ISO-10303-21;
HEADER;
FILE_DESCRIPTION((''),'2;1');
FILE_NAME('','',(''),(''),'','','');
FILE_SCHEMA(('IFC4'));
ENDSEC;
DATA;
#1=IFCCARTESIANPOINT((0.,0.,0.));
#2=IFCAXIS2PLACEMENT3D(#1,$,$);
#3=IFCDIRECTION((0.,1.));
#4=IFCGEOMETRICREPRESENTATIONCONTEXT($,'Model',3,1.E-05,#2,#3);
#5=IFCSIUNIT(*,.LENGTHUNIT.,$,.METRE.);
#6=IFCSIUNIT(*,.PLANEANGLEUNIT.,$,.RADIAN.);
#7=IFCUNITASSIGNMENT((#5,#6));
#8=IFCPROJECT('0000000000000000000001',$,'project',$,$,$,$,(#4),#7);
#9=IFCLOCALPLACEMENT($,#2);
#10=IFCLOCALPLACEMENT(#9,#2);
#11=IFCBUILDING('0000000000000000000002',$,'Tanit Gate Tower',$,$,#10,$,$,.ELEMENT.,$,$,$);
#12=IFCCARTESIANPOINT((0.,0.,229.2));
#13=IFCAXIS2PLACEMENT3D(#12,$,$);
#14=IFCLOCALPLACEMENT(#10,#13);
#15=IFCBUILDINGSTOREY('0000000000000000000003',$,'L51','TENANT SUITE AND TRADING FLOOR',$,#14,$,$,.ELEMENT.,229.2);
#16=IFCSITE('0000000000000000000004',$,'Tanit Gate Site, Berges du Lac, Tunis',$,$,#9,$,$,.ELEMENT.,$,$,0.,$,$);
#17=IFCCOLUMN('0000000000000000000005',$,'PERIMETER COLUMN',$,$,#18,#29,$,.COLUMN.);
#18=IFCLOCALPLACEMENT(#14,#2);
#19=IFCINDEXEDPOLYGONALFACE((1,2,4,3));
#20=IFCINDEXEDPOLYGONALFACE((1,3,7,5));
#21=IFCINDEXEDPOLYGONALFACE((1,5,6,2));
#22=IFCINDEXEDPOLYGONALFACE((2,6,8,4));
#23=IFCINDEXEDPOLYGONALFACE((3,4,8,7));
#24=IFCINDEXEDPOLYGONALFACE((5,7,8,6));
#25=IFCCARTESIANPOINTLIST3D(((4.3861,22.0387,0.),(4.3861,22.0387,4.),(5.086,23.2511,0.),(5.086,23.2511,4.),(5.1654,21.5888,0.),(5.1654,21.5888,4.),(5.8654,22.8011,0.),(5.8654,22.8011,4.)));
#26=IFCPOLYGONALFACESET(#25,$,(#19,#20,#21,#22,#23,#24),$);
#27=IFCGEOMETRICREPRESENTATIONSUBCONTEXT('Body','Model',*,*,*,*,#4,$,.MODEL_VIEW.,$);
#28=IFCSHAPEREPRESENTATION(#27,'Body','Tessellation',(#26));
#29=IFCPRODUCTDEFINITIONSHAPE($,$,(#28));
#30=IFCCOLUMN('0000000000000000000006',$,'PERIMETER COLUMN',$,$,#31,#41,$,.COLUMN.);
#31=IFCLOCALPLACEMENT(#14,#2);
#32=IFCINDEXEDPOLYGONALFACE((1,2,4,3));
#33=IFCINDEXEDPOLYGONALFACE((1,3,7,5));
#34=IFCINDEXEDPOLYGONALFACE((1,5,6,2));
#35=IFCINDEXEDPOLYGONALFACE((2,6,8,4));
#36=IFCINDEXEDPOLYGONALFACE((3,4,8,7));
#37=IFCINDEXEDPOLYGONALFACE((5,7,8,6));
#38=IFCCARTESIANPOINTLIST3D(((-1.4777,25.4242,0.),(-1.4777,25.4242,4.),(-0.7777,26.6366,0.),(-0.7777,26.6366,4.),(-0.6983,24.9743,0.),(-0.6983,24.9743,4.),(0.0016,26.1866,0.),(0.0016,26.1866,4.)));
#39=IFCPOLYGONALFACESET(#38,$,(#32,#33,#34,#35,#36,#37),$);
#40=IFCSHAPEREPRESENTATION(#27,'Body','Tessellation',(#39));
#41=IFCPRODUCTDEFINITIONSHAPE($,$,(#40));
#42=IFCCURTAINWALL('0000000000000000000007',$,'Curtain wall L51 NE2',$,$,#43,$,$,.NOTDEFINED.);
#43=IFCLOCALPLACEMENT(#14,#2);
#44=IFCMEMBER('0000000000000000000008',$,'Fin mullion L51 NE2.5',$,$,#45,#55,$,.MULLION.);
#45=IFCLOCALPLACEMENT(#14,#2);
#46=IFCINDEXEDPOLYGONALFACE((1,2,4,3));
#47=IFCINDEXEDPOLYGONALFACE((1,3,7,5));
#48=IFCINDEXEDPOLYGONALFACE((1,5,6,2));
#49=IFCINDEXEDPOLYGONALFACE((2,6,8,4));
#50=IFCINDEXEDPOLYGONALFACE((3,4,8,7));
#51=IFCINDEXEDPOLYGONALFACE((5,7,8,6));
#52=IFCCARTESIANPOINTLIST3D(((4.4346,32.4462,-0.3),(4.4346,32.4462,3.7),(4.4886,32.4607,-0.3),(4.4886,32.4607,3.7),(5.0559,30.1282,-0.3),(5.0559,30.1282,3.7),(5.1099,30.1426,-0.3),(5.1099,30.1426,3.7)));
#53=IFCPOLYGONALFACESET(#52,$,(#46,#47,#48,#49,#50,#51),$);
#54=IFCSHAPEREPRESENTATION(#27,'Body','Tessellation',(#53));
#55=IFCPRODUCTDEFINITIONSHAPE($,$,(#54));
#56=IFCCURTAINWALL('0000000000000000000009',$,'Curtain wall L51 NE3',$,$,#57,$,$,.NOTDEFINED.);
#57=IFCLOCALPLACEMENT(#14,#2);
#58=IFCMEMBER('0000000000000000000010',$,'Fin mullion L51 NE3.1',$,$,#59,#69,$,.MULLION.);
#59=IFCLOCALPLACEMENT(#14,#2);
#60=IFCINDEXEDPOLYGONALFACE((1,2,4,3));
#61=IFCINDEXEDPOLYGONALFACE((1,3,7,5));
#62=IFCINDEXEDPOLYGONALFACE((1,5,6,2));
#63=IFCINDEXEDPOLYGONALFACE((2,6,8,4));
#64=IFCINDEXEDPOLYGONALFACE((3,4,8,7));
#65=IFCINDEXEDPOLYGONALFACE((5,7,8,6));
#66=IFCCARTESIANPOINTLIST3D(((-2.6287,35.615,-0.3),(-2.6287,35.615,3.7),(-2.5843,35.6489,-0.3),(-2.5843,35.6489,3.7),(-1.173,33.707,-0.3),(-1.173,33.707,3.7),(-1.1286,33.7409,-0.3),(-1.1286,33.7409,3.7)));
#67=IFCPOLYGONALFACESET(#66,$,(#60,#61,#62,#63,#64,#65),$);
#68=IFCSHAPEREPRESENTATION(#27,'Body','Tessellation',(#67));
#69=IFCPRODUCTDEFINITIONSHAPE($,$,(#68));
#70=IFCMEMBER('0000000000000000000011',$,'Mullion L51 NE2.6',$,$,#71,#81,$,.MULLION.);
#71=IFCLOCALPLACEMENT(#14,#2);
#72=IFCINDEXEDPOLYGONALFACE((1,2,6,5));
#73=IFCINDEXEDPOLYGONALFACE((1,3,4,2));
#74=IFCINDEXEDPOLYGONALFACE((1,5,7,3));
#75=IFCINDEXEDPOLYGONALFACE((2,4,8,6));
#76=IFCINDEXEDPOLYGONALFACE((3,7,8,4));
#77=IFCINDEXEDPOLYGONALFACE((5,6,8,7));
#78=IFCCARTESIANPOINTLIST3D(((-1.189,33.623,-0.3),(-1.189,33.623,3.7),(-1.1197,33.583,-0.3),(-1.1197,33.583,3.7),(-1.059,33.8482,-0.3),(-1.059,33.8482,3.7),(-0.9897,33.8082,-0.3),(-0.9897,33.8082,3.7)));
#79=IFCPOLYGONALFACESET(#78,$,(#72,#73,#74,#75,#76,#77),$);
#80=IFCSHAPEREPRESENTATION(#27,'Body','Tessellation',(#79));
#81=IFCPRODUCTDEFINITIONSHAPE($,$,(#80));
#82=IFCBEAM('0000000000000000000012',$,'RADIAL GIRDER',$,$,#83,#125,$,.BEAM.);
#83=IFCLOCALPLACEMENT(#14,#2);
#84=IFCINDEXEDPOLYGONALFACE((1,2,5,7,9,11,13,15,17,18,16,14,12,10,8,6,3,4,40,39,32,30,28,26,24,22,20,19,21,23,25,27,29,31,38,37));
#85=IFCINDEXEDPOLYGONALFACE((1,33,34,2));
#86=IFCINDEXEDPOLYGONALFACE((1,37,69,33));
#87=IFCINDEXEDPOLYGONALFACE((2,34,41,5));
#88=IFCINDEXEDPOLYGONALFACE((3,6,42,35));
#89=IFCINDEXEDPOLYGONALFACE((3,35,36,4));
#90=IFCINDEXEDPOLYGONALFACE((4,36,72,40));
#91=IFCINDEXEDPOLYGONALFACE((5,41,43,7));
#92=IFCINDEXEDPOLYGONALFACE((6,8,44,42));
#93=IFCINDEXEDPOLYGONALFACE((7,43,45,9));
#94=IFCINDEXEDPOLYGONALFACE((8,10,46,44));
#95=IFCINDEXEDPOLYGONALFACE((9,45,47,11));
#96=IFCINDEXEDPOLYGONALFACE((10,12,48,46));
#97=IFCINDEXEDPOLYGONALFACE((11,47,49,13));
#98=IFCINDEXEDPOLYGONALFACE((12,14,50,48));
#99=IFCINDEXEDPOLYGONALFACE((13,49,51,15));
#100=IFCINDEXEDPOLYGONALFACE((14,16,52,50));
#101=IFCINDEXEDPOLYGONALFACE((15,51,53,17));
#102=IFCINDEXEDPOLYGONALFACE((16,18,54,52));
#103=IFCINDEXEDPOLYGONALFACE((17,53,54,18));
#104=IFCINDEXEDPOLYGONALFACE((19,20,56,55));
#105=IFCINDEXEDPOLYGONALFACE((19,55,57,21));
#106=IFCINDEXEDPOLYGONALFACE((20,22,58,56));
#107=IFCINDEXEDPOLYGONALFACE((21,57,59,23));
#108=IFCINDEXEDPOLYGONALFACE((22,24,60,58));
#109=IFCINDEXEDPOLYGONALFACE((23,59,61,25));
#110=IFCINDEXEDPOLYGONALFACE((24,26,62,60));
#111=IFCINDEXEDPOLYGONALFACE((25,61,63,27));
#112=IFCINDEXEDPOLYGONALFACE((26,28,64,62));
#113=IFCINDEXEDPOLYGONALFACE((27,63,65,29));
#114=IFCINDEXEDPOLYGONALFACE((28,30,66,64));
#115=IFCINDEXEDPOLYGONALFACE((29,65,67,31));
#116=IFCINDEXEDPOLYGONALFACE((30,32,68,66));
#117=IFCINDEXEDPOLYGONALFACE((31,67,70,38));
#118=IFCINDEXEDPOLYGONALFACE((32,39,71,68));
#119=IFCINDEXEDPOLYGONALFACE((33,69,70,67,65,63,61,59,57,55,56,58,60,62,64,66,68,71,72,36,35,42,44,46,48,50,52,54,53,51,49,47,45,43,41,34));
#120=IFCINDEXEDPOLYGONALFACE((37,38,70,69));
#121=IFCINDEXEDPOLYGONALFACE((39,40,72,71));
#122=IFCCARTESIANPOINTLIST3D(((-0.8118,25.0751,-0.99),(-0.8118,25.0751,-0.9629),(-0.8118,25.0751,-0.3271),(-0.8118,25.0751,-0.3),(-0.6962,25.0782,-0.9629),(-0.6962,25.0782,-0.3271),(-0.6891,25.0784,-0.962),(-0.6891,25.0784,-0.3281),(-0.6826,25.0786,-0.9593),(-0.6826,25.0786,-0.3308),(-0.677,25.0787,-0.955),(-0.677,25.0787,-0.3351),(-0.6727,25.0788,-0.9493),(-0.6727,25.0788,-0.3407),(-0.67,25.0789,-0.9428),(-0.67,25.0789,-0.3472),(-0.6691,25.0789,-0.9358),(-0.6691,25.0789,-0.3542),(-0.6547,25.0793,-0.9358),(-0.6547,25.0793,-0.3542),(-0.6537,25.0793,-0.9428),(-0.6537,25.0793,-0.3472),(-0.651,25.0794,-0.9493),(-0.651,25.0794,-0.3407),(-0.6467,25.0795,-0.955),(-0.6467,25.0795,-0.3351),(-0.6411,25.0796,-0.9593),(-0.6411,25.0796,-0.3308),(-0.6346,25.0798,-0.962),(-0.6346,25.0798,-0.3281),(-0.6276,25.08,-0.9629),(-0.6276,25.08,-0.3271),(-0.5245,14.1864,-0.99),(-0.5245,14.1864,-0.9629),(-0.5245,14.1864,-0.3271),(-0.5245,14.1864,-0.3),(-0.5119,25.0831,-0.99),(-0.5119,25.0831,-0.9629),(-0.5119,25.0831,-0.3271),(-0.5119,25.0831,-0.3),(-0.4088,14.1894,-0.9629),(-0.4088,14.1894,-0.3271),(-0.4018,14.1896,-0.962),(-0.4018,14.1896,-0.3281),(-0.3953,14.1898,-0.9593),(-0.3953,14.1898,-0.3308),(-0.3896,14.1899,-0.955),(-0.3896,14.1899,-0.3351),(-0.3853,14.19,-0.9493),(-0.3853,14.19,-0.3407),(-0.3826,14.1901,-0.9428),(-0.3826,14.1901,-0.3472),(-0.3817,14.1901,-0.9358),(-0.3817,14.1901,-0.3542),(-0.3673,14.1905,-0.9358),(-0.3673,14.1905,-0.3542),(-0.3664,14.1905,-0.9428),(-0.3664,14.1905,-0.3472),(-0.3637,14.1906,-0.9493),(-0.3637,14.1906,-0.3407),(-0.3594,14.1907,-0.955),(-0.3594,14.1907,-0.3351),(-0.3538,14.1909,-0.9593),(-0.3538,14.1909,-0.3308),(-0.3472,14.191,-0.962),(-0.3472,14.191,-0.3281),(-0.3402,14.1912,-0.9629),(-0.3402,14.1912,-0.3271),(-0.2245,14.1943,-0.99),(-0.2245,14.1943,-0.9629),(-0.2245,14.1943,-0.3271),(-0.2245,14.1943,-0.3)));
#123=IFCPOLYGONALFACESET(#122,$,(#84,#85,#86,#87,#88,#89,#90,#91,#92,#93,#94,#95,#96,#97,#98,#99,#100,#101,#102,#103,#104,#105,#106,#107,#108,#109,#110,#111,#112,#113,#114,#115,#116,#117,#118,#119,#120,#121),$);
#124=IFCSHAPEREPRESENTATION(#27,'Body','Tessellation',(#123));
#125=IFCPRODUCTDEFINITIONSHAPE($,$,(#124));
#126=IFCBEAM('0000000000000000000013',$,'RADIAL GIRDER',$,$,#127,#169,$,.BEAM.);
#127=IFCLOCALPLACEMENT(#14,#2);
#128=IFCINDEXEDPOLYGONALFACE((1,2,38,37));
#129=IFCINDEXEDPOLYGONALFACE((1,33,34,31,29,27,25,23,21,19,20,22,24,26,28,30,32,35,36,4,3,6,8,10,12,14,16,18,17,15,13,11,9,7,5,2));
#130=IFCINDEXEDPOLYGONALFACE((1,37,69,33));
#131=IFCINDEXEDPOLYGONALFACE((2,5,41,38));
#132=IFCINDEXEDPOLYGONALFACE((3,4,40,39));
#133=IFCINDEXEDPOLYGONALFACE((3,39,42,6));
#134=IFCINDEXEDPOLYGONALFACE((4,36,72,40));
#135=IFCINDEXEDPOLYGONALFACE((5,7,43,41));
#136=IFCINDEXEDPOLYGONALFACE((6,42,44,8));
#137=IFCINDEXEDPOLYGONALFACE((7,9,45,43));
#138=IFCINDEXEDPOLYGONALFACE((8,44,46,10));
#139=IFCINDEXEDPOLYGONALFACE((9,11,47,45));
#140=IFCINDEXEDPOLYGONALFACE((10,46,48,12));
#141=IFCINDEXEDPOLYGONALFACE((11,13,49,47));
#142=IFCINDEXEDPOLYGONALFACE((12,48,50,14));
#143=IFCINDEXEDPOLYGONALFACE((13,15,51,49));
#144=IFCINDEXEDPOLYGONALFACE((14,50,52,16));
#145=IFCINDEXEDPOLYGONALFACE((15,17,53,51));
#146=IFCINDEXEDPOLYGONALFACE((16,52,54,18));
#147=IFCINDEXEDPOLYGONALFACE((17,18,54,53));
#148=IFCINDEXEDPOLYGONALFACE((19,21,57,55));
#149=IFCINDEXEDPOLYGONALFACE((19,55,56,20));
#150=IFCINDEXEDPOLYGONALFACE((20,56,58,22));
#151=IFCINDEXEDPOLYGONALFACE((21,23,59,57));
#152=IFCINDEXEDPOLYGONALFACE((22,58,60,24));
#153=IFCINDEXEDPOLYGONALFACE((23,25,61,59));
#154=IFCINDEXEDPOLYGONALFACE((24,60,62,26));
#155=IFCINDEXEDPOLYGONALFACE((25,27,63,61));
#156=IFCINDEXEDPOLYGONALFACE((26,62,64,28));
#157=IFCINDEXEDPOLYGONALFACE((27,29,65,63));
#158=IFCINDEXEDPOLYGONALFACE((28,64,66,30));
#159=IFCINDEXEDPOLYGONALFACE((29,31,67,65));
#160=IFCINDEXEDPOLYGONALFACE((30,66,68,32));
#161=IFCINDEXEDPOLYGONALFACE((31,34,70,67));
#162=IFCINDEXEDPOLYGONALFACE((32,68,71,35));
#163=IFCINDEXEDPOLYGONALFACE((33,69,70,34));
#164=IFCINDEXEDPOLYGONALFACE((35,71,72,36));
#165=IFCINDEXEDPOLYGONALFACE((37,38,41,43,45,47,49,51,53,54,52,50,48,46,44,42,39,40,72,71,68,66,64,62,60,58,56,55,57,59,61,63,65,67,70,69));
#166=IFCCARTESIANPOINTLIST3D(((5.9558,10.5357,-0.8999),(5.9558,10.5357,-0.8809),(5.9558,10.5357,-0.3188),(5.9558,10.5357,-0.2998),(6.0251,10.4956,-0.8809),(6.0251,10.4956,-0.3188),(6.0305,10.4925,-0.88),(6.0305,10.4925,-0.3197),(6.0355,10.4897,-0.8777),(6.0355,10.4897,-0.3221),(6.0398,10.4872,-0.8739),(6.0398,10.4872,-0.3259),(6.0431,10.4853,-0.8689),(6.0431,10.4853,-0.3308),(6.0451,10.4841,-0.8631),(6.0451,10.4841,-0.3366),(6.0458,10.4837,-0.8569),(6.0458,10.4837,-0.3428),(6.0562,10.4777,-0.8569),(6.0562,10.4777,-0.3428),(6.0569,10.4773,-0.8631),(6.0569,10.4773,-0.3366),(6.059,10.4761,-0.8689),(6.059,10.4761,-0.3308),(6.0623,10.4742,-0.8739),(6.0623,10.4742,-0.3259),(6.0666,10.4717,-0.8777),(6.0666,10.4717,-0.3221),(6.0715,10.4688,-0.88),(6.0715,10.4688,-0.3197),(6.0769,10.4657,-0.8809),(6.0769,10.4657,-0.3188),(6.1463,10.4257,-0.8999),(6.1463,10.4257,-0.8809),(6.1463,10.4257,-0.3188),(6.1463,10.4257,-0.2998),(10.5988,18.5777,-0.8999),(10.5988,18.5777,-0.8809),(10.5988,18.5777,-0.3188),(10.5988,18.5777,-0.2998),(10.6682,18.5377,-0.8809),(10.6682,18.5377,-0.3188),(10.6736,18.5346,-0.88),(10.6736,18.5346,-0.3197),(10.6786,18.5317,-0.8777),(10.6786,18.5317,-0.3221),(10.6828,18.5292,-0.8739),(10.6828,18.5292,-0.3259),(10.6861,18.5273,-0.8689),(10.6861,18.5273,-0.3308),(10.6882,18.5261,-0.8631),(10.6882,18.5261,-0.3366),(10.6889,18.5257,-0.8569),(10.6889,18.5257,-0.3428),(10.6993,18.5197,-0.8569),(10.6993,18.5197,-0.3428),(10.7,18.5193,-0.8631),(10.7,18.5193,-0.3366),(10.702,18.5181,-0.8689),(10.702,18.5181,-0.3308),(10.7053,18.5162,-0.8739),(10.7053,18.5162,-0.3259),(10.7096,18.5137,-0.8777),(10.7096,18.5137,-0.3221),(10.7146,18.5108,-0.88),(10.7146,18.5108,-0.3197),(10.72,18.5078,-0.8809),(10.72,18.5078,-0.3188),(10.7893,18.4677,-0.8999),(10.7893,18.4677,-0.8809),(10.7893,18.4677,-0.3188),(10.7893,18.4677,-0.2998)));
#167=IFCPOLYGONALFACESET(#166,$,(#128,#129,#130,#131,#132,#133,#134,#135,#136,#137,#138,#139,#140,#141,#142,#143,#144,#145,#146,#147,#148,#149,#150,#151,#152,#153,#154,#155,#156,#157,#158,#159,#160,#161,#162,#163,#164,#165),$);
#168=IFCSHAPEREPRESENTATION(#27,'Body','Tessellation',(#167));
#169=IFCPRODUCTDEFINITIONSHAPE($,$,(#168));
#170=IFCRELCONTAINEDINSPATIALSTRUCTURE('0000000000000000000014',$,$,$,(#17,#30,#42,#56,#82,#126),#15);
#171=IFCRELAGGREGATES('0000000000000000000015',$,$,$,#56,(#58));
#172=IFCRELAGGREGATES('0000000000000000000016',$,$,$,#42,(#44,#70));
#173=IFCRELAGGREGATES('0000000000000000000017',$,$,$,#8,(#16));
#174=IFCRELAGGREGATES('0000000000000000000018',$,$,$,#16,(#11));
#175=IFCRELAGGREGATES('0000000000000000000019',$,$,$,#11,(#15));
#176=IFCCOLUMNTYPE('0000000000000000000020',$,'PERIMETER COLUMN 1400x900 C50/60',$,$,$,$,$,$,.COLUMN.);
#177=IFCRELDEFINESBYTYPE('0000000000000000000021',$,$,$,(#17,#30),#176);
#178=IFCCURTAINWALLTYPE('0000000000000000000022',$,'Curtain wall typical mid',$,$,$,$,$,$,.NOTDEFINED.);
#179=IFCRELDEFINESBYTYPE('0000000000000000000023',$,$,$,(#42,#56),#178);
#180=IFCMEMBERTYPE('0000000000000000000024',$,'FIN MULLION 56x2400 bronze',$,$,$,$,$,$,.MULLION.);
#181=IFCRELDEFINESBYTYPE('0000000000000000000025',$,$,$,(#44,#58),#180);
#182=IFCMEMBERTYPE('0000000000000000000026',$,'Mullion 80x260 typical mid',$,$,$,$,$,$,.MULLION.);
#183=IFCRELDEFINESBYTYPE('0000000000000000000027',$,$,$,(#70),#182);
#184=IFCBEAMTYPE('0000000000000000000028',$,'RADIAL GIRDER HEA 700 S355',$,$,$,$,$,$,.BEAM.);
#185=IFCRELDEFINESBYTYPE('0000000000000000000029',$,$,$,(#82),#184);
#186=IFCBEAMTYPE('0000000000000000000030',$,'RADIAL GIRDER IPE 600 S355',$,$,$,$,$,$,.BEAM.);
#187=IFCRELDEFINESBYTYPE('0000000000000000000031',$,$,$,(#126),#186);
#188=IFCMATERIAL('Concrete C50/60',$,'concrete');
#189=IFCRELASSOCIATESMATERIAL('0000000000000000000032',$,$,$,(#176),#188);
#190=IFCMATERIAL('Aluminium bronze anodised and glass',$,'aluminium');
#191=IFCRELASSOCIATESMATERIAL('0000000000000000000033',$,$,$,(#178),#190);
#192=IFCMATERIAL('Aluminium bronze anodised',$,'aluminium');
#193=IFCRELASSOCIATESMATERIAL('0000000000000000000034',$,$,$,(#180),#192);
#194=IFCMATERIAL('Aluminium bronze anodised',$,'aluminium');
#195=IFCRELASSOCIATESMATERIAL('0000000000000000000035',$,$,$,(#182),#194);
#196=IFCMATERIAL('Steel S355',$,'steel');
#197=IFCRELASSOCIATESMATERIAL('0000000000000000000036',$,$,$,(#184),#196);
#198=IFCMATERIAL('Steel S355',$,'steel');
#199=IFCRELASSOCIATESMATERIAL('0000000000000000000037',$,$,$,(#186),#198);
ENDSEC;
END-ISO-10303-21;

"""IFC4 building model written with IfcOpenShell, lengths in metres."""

from ifc_helpers import new_model, si_unit, direction, frame, origin, origin_2d, place, context, subcontext, project, spatial, rectangle, i_section, extrude, material, material_profile, profile_set, type_object, element, aggregate, save


model = new_model("IFC4")

# Units and contexts
model_context = context("Model", 3, precision=1e-05, world=origin(), true_north=direction((0.0, 1.0)))
body_context = subcontext(model_context, "Body", "Model", "MODEL_VIEW")
ifc_project = project(units=[si_unit("LENGTHUNIT", "METRE"), si_unit("PLANEANGLEUNIT", "RADIAN")], contexts=[model_context])

# Site, building, storey
site_placement = place(None, origin())
site = spatial("IfcSite", under=ifc_project, at=site_placement, Name="Tanit Gate Site, Berges du Lac, Tunis", CompositionType="ELEMENT", RefElevation=0.0)
building_placement = place(site_placement, origin())
building = spatial("IfcBuilding", under=site, at=building_placement, Name="Tanit Gate Tower", CompositionType="ELEMENT")
storey_placement = place(building_placement, frame((0.0, 0.0, 229.2)))
storey = spatial("IfcBuildingStorey", under=building, at=storey_placement, Name="L51", Description="TENANT SUITE AND TRADING FLOOR", CompositionType="ELEMENT", Elevation=229.2)

# Columns
ifc_material_1 = material(Name="Concrete C50/60", Category="concrete")
ifc_material_profile_1 = material_profile(ifc_material_1, rectangle(XDim=1.3999, YDim=0.8999, at=origin_2d()), Name="RC 1400x900")
ifc_profile_set_1 = profile_set([ifc_material_profile_1], Name="Concrete C50/60")
column_type = type_object("IfcColumnType", Name="PERIMETER COLUMN 1400x900 C50/60", PredefinedType="COLUMN", material=ifc_profile_set_1)
for number, where, z_axis, x_axis, name in (
    (1, (5.1257, 22.4199, 0.0), (0.0, 0.0, 1.0), (0.5, 0.866025, 0.0), "PERIMETER COLUMN"),
    (2, (-0.738, 25.8054, 0.0), (0.0, 0.0, 1.0), (0.5, 0.866025, 0.0), "PERIMETER COLUMN"),
):
    element("IfcColumn", number, at=place(storey_placement, frame(where, z_axis=z_axis, x_axis=x_axis)), inside=storey, type_object=column_type, Name=name, PredefinedType="COLUMN", context=body_context, shape_type="SweptSolid", body=[
        extrude(rectangle(XDim=1.3999, YDim=0.8999, at=origin_2d()), origin(), (0.0, 0.0, 1.0), 4.0),
    ])

# Curtain walls, members
ifc_material_2 = material(Name="Aluminium bronze anodised and glass", Category="aluminium")
curtain_wall_type = type_object("IfcCurtainWallType", Name="Curtain wall typical mid", PredefinedType="NOTDEFINED", material=ifc_material_2)
curtain_wall_1_placement = place(storey_placement, origin())
curtain_wall_1 = element("IfcCurtainWall", 3, at=curtain_wall_1_placement, inside=storey, type_object=curtain_wall_type, Name="Curtain wall L51 NE2", PredefinedType="NOTDEFINED")
ifc_material_3 = material(Name="Aluminium bronze anodised", Category="aluminium")
ifc_material_profile_2 = material_profile(ifc_material_3, rectangle(XDim=2.3999, YDim=0.0559, at=origin_2d()), Name="56x2400 bronze fin mullion")
ifc_profile_set_2 = profile_set([ifc_material_profile_2], Name="Aluminium bronze anodised")
member_type_1 = type_object("IfcMemberType", Name="FIN MULLION 56x2400 bronze", PredefinedType="MULLION", material=ifc_profile_set_2)
member_1_placement = place(storey_placement, frame((4.7722, 31.2944, -0.3), z_axis=(0.0, 0.0, 1.0), x_axis=(0.258886, -0.965908, 0.0)))
member_1 = element("IfcMember", 4, at=member_1_placement, type_object=member_type_1, Name="Fin mullion L51 NE2.5", PredefinedType="MULLION", context=body_context, shape_type="SweptSolid", body=[
    extrude(rectangle(XDim=2.3999, YDim=0.0559, at=origin_2d()), origin(), (0.0, 0.0, 1.0), 4.0),
])
curtain_wall_2_placement = place(storey_placement, origin())
curtain_wall_2 = element("IfcCurtainWall", 5, at=curtain_wall_2_placement, inside=storey, type_object=curtain_wall_type, Name="Curtain wall L51 NE3", PredefinedType="NOTDEFINED")
member_2_placement = place(storey_placement, frame((-1.8787, 34.678, -0.3), z_axis=(0.0, 0.0, 1.0), x_axis=(0.606564, -0.795035, 0.0)))
member_2 = element("IfcMember", 6, at=member_2_placement, type_object=member_type_1, Name="Fin mullion L51 NE3.1", PredefinedType="MULLION", context=body_context, shape_type="SweptSolid", body=[
    extrude(rectangle(XDim=2.3999, YDim=0.0559, at=origin_2d()), origin(), (0.0, 0.0, 1.0), 4.0),
])

# Member
ifc_material_4 = material(Name="Aluminium bronze anodised", Category="aluminium")
ifc_material_profile_3 = material_profile(ifc_material_4, rectangle(XDim=0.26, YDim=0.0801, at=origin_2d()), Name="80x260 bronze mullion")
ifc_profile_set_3 = profile_set([ifc_material_profile_3], Name="Aluminium bronze anodised")
member_type_2 = type_object("IfcMemberType", Name="Mullion 80x260 typical mid", PredefinedType="MULLION", material=ifc_profile_set_3)
member_3_placement = place(storey_placement, frame((-1.0894, 33.7156, -0.3), z_axis=(0.0, 0.0, 1.0), x_axis=(-0.49994, -0.86606, 0.0)))
member_3 = element("IfcMember", 7, at=member_3_placement, type_object=member_type_2, Name="Mullion L51 NE2.6", PredefinedType="MULLION", context=body_context, shape_type="SweptSolid", body=[
    extrude(rectangle(XDim=0.26, YDim=0.0801, at=origin_2d()), origin(), (0.0, 0.0, 1.0), 4.0),
])

# Beams
ifc_material_5 = material(Name="Steel S355", Category="steel")
ifc_material_profile_4 = material_profile(ifc_material_5, i_section(OverallWidth=0.3, OverallDepth=0.6899, WebThickness=0.0144, FlangeThickness=0.0271, FilletRadius=0.0271, at=origin_2d()), Name="HEA 700")
ifc_profile_set_4 = profile_set([ifc_material_profile_4], Name="Steel S355")
beam_type_1 = type_object("IfcBeamType", Name="RADIAL GIRDER HEA 700 S355", PredefinedType="BEAM", material=ifc_profile_set_4)
beam_1_placement = place(storey_placement, frame((-0.6619, 25.0791, -0.645), z_axis=(0.026381, -0.999652, 0.0), x_axis=(0.999652, 0.026381, 0.0)))
element("IfcBeam", 8, at=beam_1_placement, inside=storey, type_object=beam_type_1, Name="RADIAL GIRDER", PredefinedType="BEAM", context=body_context, shape_type="SweptSolid", body=[
    extrude(i_section(OverallWidth=0.3, OverallDepth=0.6899, WebThickness=0.0144, FlangeThickness=0.0271, FilletRadius=0.0271, at=origin_2d()), origin(), (0.0, 0.0, 1.0), 10.8926),
])
ifc_material_6 = material(Name="Steel S355", Category="steel")
ifc_material_profile_5 = material_profile(ifc_material_6, i_section(OverallWidth=0.22, OverallDepth=0.6001, WebThickness=0.012, FlangeThickness=0.019, FilletRadius=0.0239, at=origin_2d()), Name="IPE 600")
ifc_profile_set_5 = profile_set([ifc_material_profile_5], Name="Steel S355")
beam_type_2 = type_object("IfcBeamType", Name="RADIAL GIRDER IPE 600 S355", PredefinedType="BEAM", material=ifc_profile_set_5)
beam_2_placement = place(storey_placement, frame((10.6941, 18.5227, -0.5999), z_axis=(-0.500002, -0.866024, 0.0), x_axis=(0.866024, -0.500002, 0.0)))
element("IfcBeam", 9, at=beam_2_placement, inside=storey, type_object=beam_type_2, Name="RADIAL GIRDER", PredefinedType="BEAM", context=body_context, shape_type="SweptSolid", body=[
    extrude(i_section(OverallWidth=0.22, OverallDepth=0.6001, WebThickness=0.012, FlangeThickness=0.019, FilletRadius=0.0239, at=origin_2d()), origin(), (0.0, 0.0, 1.0), 9.2861),
])

aggregate(curtain_wall_2, [member_2])

aggregate(curtain_wall_1, [member_1, member_3])

save(model, "model.ifc")
